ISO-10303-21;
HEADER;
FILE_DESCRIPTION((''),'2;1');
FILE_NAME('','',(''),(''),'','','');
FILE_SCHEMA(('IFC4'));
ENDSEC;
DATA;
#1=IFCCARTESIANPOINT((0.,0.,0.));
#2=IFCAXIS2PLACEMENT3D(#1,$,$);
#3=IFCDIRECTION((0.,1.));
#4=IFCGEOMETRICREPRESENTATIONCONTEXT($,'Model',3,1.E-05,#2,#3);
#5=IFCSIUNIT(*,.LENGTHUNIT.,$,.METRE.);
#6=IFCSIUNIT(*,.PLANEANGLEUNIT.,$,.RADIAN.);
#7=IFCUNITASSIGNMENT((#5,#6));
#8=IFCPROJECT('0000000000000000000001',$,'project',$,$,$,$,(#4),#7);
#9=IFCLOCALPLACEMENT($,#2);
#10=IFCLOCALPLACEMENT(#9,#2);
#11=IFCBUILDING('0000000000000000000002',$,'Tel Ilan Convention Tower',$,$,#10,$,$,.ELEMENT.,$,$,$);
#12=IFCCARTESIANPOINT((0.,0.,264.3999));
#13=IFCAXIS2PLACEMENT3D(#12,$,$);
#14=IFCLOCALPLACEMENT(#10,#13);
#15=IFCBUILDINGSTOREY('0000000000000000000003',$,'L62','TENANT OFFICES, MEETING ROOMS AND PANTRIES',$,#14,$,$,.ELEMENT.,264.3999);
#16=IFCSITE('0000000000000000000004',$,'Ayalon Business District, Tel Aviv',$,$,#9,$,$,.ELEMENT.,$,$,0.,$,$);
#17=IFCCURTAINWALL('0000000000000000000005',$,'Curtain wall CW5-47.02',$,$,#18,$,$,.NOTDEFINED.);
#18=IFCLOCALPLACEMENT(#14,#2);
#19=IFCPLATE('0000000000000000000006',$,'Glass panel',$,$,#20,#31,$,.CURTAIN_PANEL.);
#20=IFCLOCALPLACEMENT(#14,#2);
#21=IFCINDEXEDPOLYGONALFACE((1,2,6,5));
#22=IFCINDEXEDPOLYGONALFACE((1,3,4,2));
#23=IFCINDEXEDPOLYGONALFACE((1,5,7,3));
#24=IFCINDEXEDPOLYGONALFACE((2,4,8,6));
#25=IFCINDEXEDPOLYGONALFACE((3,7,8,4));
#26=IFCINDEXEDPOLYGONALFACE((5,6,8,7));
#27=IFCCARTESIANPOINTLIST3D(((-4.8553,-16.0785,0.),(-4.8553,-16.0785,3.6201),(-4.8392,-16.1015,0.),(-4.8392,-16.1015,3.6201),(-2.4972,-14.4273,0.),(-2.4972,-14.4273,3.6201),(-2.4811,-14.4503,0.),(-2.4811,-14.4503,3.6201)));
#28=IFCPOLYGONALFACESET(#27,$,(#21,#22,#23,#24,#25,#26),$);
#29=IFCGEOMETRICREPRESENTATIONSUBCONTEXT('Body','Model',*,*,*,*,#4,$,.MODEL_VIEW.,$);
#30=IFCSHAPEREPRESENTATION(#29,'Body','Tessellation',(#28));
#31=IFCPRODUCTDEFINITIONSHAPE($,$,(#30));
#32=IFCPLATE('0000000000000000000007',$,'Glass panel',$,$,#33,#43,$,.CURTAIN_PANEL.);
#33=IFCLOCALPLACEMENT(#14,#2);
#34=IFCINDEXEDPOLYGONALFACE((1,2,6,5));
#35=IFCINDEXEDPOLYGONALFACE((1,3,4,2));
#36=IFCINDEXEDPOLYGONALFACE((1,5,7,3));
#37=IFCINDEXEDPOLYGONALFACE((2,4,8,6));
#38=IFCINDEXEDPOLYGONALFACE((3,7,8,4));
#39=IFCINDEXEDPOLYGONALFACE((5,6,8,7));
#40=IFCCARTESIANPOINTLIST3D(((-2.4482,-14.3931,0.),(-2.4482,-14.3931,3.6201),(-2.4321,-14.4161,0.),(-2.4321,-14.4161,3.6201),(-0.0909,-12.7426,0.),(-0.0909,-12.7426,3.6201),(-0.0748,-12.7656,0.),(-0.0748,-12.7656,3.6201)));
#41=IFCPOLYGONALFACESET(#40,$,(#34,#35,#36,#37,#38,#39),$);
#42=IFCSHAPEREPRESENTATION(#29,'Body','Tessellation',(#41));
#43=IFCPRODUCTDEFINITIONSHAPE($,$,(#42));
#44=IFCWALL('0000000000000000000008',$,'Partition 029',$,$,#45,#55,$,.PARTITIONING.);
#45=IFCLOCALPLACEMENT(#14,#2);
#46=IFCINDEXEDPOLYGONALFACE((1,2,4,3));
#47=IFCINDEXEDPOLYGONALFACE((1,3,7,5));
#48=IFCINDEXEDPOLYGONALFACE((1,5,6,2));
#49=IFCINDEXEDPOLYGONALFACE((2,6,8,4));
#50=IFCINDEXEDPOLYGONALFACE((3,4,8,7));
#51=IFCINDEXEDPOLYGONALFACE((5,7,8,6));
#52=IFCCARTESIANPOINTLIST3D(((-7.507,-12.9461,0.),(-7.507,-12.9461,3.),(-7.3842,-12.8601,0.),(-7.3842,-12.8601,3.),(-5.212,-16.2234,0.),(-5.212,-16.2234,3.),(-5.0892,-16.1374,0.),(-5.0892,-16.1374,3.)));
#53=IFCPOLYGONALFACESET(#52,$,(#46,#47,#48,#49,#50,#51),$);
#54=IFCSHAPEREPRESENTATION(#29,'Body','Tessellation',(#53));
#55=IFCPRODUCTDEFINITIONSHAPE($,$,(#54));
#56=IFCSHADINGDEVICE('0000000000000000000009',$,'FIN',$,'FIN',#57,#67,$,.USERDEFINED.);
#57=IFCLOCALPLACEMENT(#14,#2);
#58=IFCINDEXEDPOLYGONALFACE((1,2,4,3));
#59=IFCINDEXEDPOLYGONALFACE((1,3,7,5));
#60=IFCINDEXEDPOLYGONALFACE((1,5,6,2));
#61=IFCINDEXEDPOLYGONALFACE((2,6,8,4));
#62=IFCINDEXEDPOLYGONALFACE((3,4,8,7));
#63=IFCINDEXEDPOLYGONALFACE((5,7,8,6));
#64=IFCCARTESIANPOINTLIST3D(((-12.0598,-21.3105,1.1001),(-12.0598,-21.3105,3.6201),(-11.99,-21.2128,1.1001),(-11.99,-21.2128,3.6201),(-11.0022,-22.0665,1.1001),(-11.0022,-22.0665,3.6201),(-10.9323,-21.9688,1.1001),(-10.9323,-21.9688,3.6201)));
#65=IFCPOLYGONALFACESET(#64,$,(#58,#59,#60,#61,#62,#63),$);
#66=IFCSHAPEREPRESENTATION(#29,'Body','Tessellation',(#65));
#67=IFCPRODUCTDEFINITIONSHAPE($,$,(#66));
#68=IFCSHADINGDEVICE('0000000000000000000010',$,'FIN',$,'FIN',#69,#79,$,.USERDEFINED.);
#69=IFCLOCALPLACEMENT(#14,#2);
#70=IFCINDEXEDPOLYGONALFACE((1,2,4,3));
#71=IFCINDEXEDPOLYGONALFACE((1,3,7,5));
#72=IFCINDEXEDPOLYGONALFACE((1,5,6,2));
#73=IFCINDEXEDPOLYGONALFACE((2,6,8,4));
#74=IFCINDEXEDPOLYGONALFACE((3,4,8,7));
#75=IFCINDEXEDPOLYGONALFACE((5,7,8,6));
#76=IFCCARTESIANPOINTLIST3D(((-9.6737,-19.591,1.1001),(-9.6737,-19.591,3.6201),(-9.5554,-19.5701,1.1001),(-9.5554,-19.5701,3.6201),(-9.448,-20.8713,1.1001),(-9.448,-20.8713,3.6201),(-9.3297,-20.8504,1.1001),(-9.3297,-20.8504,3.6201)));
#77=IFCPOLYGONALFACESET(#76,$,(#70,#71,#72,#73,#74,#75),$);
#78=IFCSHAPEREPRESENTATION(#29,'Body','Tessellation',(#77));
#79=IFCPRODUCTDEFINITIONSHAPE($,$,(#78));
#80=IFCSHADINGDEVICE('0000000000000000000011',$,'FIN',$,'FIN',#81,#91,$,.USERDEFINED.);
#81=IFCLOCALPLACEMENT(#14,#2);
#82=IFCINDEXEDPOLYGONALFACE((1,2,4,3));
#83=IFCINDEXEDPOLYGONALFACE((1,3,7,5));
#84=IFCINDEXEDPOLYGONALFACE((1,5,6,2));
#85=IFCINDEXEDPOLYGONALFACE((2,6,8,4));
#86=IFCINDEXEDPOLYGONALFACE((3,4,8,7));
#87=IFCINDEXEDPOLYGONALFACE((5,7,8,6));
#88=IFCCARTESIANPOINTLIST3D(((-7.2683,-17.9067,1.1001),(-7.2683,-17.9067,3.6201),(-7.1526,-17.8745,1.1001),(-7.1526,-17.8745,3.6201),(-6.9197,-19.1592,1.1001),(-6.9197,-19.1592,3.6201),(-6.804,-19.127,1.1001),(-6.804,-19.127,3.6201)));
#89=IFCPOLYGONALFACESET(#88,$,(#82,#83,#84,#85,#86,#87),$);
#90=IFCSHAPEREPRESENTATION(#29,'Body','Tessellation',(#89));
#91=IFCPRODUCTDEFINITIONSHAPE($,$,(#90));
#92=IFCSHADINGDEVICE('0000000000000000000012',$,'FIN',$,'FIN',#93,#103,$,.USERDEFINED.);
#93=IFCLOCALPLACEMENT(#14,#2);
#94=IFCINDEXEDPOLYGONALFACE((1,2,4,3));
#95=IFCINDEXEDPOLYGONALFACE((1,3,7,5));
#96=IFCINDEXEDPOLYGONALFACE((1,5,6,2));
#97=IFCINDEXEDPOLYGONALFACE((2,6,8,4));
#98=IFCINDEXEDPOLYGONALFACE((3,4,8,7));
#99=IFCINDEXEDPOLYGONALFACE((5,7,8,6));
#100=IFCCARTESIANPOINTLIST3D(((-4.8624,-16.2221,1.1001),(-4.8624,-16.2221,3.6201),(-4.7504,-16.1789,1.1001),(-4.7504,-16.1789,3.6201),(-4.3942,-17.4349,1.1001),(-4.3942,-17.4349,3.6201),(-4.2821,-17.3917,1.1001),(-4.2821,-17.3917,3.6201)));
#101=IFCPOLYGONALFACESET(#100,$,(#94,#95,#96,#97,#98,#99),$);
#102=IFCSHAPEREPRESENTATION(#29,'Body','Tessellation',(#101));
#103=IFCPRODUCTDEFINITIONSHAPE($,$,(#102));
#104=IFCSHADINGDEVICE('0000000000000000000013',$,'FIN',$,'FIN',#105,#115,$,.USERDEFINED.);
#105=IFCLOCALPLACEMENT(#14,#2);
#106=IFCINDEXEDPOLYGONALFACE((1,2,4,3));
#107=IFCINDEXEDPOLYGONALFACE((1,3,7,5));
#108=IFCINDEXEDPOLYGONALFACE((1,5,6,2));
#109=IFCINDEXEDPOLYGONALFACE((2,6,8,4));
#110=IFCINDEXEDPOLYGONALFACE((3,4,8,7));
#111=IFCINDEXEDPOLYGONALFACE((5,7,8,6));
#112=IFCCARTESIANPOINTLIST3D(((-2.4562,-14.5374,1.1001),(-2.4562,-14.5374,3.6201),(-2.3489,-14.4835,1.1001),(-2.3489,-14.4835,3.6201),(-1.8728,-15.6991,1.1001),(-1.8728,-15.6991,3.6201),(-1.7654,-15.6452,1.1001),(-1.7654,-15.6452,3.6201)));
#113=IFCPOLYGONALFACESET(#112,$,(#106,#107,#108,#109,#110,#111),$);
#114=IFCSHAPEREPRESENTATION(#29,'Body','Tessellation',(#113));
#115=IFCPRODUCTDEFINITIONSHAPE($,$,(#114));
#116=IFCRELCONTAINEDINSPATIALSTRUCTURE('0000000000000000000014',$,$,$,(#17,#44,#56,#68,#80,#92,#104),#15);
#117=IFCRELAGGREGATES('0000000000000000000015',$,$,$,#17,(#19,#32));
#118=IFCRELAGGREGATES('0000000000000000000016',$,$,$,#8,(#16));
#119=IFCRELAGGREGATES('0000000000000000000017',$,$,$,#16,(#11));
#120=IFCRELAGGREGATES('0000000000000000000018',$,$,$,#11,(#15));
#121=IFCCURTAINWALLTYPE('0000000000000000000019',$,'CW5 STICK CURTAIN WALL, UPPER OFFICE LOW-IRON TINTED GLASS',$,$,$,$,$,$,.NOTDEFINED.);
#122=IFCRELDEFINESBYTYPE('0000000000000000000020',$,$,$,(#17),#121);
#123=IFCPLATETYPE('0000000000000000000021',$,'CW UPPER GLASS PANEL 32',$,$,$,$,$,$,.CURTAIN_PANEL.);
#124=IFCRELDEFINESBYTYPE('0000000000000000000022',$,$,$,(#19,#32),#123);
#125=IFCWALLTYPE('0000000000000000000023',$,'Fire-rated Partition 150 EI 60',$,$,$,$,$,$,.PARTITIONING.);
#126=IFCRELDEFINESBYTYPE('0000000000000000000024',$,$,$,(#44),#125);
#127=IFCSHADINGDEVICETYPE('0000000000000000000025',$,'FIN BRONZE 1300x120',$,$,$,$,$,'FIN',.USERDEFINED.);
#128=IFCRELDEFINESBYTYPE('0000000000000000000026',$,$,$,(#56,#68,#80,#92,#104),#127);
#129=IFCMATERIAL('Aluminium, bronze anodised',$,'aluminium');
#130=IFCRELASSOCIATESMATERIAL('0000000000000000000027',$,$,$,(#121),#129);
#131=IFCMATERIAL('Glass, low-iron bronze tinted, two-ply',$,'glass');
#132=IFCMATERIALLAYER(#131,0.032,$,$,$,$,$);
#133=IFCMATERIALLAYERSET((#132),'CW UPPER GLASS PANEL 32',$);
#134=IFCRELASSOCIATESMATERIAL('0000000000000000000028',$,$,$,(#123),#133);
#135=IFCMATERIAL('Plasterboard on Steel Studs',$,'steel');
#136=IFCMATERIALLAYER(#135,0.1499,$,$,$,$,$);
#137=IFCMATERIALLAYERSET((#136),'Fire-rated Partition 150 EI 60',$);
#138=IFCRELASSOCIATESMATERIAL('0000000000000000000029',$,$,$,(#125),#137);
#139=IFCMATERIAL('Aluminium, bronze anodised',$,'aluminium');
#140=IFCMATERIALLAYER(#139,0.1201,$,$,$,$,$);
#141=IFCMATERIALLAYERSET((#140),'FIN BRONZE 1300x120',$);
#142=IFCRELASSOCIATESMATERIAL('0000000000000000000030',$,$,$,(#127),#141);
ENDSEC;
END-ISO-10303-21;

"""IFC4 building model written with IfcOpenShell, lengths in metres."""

from ifc_helpers import new_model, si_unit, direction, frame, frame_2d, origin, origin_2d, place, context, subcontext, project, spatial, rectangle, extrude, material, layer, layer_set, type_object, element, aggregate, save


model = new_model("IFC4")

# Units and contexts
model_context = context("Model", 3, precision=1e-05, world=origin(), true_north=direction((0.0, 1.0)))
body_context = subcontext(model_context, "Body", "Model", "MODEL_VIEW")
ifc_project = project(units=[si_unit("LENGTHUNIT", "METRE"), si_unit("PLANEANGLEUNIT", "RADIAN")], contexts=[model_context])

# Site, building, storey
site_placement = place(None, origin())
site = spatial("IfcSite", under=ifc_project, at=site_placement, Name="Ayalon Business District, Tel Aviv", CompositionType="ELEMENT", RefElevation=0.0)
building_placement = place(site_placement, origin())
building = spatial("IfcBuilding", under=site, at=building_placement, Name="Tel Ilan Convention Tower", CompositionType="ELEMENT")
storey_placement = place(building_placement, frame((0.0, 0.0, 264.3999)))
storey = spatial("IfcBuildingStorey", under=building, at=storey_placement, Name="L62", Description="TENANT OFFICES, MEETING ROOMS AND PANTRIES", CompositionType="ELEMENT", Elevation=264.3999)

# Curtain wall, plates
ifc_material_1 = material(Name="Aluminium, bronze anodised", Category="aluminium")
curtain_wall_type = type_object("IfcCurtainWallType", Name="CW5 STICK CURTAIN WALL, UPPER OFFICE LOW-IRON TINTED GLASS", PredefinedType="NOTDEFINED", material=ifc_material_1)
curtain_wall_placement = place(storey_placement, origin())
curtain_wall = element("IfcCurtainWall", 1, at=curtain_wall_placement, inside=storey, type_object=curtain_wall_type, Name="Curtain wall CW5-47.02", PredefinedType="NOTDEFINED")
ifc_material_2 = material(Name="Glass, low-iron bronze tinted, two-ply", Category="glass")
ifc_layer_1 = layer(ifc_material_2, 0.032)
ifc_layer_set_1 = layer_set([ifc_layer_1], Name="CW UPPER GLASS PANEL 32")
plate_type = type_object("IfcPlateType", Name="CW UPPER GLASS PANEL 32", PredefinedType="CURTAIN_PANEL", material=ifc_layer_set_1)
plate_1_placement = place(storey_placement, frame((-3.6682, -15.2644, 0.0), z_axis=(0.0, 0.0, 1.0), x_axis=(0.819152, 0.573576, 0.0)))
plate_1 = element("IfcPlate", 2, at=plate_1_placement, type_object=plate_type, Name="Glass panel", PredefinedType="CURTAIN_PANEL", context=body_context, shape_type="SweptSolid", body=[
    extrude(rectangle(XDim=2.8787, YDim=0.0281, at=origin_2d()), origin(), (0.0, 0.0, 1.0), 3.6201),
])
plate_2_placement = place(storey_placement, frame((-1.2615, -13.5793, 0.0), z_axis=(0.0, 0.0, 1.0), x_axis=(0.819152, 0.573576, 0.0)))
plate_2 = element("IfcPlate", 3, at=plate_2_placement, type_object=plate_type, Name="Glass panel", PredefinedType="CURTAIN_PANEL", context=body_context, shape_type="SweptSolid", body=[
    extrude(rectangle(XDim=2.8777, YDim=0.0281, at=origin_2d()), origin(), (0.0, 0.0, 1.0), 3.6201),
])
aggregate(curtain_wall, [plate_1, plate_2])

# Wall
ifc_material_3 = material(Name="Plasterboard on Steel Studs", Category="steel")
ifc_layer_2 = layer(ifc_material_3, 0.1499)
ifc_layer_set_2 = layer_set([ifc_layer_2], Name="Fire-rated Partition 150 EI 60")
wall_type = type_object("IfcWallType", Name="Fire-rated Partition 150 EI 60", PredefinedType="PARTITIONING", material=ifc_layer_set_2)
wall_placement = place(storey_placement, frame((-5.1506, -16.1804, 0.0), z_axis=(0.0, 0.0, 1.0), x_axis=(-0.573593, 0.81914, 0.0)))
element("IfcWall", 4, at=wall_placement, inside=storey, type_object=wall_type, Name="Partition 029", PredefinedType="PARTITIONING", context=body_context, shape_type="SweptSolid", body=[
    extrude(rectangle(XDim=4.001, YDim=0.1499, at=frame_2d((2.0005, 0.0))), origin(), (0.0, 0.0, 1.0), 3.0),
])

# Shading devices
ifc_material_4 = material(Name="Aluminium, bronze anodised", Category="aluminium")
ifc_layer_3 = layer(ifc_material_4, 0.1201)
ifc_layer_set_3 = layer_set([ifc_layer_3], Name="FIN BRONZE 1300x120")
shading_device_type = type_object("IfcShadingDeviceType", Name="FIN BRONZE 1300x120", ElementType="FIN", PredefinedType="USERDEFINED", material=ifc_layer_set_3)
for number, where, z_axis, x_axis, name in (
    (5, (-11.4961, -21.6396, 1.1001), (0.0, 0.0, 1.0), (0.813552, -0.581492, 0.0), "FIN"),
    (6, (-9.5017, -20.2207, 1.1001), (0.0, 0.0, 1.0), (0.173648, -0.984808, 0.0), "FIN"),
    (7, (-7.0361, -18.5168, 1.1001), (0.0, 0.0, 1.0), (0.268173, -0.963371, 0.0), "FIN"),
    (8, (-4.5723, -16.8069, 1.1001), (0.0, 0.0, 1.0), (0.360178, -0.932884, 0.0), "FIN"),
    (9, (-2.1108, -15.0913, 1.1001), (0.0, 0.0, 1.0), (0.448799, -0.893633, 0.0), "FIN"),
):
    element("IfcShadingDevice", number, at=place(storey_placement, frame(where, z_axis=z_axis, x_axis=x_axis)), inside=storey, type_object=shading_device_type, Name=name, ObjectType="FIN", PredefinedType="USERDEFINED", context=body_context, shape_type="SweptSolid", body=[
        extrude(rectangle(XDim=1.3, YDim=0.1201, at=origin_2d()), origin(), (0.0, 0.0, 1.0), 2.52),
    ])

save(model, "model.ifc")
